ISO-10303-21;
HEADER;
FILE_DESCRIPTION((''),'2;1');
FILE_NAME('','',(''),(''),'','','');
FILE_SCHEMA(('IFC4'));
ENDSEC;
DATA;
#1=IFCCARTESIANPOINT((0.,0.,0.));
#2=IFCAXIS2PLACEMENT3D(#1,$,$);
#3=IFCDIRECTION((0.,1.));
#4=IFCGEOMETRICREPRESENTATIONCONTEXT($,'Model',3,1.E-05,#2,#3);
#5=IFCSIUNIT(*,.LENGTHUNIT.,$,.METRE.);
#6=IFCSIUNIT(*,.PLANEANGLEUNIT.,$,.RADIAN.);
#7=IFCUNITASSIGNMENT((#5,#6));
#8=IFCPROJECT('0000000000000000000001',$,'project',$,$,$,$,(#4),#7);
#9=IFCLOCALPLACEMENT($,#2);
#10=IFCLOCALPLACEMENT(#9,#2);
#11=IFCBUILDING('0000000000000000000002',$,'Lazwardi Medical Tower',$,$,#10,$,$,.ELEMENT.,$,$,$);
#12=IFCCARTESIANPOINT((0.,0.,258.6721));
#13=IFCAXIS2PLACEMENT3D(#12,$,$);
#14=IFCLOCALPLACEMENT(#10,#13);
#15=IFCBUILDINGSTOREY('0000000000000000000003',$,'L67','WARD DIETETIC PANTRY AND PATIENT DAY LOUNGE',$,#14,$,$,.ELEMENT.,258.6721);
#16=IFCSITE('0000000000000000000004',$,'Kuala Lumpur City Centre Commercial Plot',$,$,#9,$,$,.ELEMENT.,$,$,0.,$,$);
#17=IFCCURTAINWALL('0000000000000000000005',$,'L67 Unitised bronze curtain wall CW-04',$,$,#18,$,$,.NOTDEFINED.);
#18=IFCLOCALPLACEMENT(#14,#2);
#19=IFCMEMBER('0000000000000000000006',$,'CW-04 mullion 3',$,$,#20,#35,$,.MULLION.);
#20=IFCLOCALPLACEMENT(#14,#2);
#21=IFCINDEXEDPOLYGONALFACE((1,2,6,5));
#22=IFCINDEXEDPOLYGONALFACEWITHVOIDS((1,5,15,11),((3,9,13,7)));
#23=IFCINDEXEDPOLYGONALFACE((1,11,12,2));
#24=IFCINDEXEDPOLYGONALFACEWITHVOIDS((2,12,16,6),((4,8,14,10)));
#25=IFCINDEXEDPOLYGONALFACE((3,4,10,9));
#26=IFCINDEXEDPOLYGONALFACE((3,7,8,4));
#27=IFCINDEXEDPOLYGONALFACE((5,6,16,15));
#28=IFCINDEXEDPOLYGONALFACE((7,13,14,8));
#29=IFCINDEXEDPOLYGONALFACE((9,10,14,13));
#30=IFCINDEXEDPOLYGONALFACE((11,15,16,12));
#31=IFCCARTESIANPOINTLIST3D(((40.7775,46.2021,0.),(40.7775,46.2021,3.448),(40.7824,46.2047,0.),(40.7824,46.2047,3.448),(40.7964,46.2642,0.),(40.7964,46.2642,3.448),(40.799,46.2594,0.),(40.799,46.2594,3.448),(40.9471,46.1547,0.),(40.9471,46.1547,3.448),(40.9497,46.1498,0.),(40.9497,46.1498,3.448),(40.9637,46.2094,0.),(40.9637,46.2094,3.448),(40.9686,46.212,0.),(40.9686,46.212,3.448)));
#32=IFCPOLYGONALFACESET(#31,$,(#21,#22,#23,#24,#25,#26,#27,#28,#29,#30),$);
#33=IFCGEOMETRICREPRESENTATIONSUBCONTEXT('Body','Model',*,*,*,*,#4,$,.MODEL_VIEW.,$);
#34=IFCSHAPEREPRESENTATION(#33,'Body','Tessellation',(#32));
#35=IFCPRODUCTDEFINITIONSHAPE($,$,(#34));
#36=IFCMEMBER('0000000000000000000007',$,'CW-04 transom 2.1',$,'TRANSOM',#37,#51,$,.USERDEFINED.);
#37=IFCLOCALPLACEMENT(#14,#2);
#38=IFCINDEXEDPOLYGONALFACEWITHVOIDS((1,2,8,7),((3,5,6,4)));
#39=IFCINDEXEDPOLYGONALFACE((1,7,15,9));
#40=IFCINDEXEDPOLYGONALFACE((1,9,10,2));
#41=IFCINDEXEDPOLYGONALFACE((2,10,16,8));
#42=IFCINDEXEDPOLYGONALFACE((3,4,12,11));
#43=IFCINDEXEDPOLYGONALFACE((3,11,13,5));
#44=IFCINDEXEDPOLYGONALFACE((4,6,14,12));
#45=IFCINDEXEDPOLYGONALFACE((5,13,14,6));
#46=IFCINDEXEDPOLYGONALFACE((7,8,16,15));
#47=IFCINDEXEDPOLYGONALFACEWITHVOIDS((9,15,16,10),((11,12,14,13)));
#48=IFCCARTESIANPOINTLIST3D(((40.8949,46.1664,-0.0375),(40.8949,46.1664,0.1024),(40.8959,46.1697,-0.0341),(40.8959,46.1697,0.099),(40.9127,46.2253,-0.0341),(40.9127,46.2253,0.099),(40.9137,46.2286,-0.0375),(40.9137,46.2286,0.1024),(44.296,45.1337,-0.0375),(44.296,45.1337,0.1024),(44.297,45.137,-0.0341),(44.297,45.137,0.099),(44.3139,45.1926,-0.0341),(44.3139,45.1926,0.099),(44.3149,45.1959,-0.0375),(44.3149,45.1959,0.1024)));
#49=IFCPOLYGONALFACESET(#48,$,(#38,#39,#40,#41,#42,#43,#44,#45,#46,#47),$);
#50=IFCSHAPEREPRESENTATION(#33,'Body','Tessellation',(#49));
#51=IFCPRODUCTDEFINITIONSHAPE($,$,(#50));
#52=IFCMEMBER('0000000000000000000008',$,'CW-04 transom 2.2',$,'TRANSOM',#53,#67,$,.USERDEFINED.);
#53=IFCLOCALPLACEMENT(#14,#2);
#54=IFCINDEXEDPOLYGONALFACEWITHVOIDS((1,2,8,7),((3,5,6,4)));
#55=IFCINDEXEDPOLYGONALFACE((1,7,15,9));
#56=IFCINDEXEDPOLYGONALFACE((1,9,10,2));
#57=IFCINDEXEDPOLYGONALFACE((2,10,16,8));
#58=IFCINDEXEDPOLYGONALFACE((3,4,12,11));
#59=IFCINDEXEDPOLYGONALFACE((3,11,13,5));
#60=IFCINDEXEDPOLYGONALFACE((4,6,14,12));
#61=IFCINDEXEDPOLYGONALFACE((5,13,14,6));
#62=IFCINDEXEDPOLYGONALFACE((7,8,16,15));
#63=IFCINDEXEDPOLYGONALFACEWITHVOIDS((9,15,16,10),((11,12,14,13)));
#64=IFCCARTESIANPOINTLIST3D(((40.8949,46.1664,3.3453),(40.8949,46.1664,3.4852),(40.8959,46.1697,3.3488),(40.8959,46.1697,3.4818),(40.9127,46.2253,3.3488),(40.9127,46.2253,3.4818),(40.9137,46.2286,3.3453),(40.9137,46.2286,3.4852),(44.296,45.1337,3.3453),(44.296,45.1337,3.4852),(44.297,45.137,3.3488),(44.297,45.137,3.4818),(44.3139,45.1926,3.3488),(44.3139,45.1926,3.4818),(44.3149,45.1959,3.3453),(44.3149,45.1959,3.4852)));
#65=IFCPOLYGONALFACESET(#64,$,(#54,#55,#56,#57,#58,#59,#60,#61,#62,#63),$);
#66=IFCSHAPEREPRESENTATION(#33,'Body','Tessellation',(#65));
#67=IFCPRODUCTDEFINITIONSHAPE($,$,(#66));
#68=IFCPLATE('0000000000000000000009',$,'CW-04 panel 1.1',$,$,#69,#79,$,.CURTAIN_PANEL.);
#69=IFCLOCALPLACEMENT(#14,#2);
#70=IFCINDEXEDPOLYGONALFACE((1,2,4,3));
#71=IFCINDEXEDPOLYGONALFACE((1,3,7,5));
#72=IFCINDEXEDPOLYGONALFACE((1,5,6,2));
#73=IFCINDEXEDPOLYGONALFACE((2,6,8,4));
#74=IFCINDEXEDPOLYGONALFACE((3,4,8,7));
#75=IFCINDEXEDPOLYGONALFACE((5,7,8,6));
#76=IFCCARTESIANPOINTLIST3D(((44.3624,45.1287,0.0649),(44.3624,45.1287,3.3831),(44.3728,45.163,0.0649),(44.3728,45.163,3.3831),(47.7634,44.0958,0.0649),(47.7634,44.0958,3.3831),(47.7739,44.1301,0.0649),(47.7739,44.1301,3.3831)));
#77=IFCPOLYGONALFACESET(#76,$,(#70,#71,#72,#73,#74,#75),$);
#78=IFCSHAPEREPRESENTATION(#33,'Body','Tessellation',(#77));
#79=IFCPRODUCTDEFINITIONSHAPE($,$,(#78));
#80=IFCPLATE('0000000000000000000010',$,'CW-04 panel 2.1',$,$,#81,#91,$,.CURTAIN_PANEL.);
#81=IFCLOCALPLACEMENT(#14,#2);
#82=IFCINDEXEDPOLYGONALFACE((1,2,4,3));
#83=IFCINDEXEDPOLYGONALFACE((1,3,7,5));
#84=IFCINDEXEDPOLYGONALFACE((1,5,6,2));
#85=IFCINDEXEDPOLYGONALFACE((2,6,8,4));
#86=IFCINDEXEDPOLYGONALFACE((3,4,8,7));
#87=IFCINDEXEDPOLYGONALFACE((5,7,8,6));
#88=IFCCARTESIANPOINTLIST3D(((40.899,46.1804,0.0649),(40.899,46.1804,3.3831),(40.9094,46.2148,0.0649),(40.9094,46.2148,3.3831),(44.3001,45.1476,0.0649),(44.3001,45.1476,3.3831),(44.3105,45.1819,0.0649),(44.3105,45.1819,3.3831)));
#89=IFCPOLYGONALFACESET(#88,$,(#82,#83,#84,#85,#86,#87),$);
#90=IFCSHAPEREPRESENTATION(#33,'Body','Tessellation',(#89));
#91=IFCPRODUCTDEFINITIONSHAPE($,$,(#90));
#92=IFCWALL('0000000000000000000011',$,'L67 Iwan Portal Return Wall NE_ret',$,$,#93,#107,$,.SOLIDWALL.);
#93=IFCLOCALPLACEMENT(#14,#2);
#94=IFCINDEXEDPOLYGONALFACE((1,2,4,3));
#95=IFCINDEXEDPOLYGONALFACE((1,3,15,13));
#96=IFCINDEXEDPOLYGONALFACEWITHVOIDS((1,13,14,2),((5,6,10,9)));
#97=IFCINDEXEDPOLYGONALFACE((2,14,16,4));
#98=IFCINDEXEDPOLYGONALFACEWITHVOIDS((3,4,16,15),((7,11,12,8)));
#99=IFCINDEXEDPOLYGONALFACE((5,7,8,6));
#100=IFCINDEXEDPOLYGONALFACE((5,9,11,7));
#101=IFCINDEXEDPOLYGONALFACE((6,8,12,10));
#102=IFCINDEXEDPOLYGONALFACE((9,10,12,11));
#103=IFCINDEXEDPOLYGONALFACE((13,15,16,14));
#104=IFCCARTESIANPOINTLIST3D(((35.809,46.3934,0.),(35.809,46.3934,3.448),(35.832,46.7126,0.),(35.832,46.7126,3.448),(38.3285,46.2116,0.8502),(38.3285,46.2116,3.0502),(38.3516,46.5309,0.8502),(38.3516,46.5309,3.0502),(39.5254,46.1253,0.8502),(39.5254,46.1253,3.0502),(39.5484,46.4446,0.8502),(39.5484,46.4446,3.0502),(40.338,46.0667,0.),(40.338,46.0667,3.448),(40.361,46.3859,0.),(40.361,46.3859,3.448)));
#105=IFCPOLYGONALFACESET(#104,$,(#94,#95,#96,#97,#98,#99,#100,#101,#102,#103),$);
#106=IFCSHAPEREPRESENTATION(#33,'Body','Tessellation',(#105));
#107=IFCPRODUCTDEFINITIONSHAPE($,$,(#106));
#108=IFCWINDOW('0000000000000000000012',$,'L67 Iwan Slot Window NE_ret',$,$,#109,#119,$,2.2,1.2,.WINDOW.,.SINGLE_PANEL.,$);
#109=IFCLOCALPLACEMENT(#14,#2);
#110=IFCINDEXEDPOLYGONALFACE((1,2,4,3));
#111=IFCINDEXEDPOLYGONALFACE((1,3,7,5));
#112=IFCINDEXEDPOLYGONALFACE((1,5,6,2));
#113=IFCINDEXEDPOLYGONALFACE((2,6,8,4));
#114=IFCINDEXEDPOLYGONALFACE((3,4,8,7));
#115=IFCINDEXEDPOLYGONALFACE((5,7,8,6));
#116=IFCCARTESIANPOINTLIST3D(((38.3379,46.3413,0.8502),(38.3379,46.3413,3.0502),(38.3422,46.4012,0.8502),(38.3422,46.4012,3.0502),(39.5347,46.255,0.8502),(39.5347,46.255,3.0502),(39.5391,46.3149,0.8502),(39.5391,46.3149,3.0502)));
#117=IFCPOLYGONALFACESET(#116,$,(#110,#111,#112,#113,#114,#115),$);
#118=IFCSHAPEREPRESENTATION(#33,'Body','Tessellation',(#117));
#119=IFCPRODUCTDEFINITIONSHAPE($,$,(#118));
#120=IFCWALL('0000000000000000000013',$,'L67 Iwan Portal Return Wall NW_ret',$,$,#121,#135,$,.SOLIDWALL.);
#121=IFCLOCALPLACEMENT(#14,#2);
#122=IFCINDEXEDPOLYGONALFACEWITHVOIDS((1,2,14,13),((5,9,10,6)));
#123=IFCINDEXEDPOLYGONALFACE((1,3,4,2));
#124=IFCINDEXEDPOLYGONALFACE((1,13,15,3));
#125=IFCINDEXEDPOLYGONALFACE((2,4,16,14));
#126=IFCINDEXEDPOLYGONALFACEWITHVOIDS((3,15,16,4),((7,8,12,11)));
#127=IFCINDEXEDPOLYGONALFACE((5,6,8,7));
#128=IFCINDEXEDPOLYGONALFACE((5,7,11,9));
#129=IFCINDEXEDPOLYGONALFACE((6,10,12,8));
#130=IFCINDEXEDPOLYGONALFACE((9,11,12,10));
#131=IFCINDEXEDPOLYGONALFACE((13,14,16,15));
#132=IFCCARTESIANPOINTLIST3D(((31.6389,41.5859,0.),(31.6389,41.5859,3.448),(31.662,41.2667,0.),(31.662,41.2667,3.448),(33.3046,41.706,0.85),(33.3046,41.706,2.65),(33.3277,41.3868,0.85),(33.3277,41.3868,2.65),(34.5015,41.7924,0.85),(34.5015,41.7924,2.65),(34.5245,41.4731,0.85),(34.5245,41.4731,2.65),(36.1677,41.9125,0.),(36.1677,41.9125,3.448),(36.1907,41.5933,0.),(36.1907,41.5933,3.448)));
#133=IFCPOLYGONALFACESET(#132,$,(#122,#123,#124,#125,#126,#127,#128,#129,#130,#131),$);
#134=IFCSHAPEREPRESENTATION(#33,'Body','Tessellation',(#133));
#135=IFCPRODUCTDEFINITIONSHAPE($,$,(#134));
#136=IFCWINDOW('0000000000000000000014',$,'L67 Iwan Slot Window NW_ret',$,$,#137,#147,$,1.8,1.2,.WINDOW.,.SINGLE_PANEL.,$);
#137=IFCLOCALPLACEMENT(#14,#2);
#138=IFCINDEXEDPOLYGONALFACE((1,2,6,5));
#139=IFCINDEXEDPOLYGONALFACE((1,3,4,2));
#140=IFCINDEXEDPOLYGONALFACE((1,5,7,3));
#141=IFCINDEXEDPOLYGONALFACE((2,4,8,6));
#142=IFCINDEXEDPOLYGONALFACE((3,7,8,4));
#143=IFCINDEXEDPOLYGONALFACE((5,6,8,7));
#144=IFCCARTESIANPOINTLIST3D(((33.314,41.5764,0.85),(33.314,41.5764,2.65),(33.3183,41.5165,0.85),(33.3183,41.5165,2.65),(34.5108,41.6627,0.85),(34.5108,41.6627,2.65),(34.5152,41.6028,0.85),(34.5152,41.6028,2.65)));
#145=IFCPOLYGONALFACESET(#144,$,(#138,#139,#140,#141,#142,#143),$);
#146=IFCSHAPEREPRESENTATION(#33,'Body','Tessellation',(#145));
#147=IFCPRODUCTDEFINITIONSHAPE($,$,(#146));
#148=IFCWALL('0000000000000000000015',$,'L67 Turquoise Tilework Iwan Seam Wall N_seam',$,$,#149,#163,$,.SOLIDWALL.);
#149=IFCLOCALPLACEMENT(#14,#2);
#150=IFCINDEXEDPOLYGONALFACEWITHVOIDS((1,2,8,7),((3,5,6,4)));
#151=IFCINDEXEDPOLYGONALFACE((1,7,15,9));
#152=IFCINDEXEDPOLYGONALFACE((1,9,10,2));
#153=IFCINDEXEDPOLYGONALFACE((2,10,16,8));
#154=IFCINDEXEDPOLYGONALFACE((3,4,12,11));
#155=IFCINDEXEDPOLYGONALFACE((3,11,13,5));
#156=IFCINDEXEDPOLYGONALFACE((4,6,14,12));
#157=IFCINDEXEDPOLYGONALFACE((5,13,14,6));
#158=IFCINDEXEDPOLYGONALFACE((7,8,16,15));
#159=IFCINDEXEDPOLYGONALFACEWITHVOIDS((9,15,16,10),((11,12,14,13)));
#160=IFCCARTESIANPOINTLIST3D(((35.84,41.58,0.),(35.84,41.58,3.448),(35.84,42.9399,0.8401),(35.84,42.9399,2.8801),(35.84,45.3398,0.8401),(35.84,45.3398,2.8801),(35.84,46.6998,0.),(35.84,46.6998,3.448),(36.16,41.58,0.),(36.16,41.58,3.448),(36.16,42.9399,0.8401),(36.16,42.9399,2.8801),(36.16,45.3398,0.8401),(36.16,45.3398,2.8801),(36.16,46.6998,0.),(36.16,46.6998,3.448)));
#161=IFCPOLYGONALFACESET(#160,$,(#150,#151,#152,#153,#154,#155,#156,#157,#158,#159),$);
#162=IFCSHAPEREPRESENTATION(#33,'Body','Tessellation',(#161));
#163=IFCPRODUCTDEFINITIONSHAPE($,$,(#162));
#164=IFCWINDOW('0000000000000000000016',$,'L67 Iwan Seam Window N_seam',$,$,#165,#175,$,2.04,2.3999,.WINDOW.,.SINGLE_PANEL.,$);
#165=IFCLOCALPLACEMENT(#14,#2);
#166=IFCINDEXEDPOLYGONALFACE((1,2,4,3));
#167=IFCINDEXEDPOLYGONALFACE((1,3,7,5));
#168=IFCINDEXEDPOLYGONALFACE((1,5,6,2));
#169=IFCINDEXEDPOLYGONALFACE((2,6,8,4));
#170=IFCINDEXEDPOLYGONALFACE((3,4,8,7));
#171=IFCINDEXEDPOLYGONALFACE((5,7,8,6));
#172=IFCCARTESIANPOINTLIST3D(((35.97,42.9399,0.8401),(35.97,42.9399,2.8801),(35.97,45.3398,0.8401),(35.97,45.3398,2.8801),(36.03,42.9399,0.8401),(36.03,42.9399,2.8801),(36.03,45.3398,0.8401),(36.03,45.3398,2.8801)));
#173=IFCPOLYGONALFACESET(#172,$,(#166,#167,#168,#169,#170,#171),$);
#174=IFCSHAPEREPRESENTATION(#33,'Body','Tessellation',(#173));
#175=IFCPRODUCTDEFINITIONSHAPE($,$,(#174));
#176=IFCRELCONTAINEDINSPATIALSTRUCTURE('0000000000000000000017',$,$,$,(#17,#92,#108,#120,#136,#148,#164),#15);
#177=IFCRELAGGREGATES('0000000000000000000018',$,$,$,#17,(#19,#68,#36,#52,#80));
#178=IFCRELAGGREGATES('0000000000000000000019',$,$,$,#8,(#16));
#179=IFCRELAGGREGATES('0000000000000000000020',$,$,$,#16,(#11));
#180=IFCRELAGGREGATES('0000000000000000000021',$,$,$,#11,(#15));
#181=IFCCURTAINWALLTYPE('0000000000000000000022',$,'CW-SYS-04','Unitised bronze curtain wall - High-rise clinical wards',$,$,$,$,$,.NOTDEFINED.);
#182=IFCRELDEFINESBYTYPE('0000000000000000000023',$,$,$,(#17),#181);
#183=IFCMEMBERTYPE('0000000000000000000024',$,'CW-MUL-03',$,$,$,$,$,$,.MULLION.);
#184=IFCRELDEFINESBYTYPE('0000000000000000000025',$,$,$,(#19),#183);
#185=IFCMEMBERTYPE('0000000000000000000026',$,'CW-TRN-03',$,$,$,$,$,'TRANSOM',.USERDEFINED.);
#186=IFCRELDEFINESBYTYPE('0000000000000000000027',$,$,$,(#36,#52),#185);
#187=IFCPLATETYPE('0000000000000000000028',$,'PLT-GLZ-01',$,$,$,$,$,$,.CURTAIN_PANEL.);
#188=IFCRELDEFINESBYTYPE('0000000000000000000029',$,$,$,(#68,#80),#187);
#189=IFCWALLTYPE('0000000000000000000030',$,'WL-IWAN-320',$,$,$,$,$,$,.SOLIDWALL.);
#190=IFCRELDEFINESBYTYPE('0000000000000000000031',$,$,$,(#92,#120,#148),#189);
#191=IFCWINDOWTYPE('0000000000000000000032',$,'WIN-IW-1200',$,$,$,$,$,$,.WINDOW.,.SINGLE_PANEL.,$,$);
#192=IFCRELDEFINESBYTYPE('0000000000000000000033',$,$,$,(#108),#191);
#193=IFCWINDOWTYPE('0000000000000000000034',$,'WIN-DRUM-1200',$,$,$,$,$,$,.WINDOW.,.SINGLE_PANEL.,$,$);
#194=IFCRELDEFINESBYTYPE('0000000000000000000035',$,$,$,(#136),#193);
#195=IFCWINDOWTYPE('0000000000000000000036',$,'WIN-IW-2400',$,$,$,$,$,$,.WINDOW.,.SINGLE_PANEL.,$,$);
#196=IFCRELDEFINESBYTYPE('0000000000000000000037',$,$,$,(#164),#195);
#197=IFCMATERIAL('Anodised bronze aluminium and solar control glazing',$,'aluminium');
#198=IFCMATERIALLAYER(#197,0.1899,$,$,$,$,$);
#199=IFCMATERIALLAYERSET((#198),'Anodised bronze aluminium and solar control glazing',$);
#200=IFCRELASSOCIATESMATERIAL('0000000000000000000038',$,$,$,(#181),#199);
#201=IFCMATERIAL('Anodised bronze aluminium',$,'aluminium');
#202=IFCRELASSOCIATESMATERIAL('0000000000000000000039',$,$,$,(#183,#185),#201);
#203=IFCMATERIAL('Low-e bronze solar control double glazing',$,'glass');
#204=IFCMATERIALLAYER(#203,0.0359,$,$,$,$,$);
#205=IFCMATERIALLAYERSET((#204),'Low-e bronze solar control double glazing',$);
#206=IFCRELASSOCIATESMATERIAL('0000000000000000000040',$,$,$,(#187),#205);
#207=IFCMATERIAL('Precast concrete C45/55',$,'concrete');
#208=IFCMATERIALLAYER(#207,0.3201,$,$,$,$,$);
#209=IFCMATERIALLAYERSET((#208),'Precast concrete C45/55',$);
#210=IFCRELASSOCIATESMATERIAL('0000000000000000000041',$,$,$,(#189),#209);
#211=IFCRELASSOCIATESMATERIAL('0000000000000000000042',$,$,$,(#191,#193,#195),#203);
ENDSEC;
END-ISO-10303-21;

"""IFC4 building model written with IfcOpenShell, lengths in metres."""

from ifc_helpers import new_model, si_unit, direction, frame, frame_2d, origin, origin_2d, place, context, subcontext, project, spatial, rectangle, hollow_rectangle, extrude, material, layer, layer_set, material_profile, profile_set, type_object, element, fill, aggregate, save


model = new_model("IFC4")

# Units and contexts
model_context = context("Model", 3, precision=1e-05, world=origin(), true_north=direction((0.0, 1.0)))
body_context = subcontext(model_context, "Body", "Model", "MODEL_VIEW")
ifc_project = project(units=[si_unit("LENGTHUNIT", "METRE"), si_unit("PLANEANGLEUNIT", "RADIAN")], contexts=[model_context])

# Site, building, storey
site_placement = place(None, origin())
site = spatial("IfcSite", under=ifc_project, at=site_placement, Name="Kuala Lumpur City Centre Commercial Plot", CompositionType="ELEMENT", RefElevation=0.0)
building_placement = place(site_placement, origin())
building = spatial("IfcBuilding", under=site, at=building_placement, Name="Lazwardi Medical Tower", CompositionType="ELEMENT")
storey_placement = place(building_placement, frame((0.0, 0.0, 258.6721)))
storey = spatial("IfcBuildingStorey", under=building, at=storey_placement, Name="L67", Description="WARD DIETETIC PANTRY AND PATIENT DAY LOUNGE", CompositionType="ELEMENT", Elevation=258.6721)

# Curtain wall, members, plates
ifc_material_1 = material(Name="Anodised bronze aluminium and solar control glazing", Category="aluminium")
ifc_layer_1 = layer(ifc_material_1, 0.1899)
ifc_layer_set_1 = layer_set([ifc_layer_1], Name="Anodised bronze aluminium and solar control glazing")
curtain_wall_type = type_object("IfcCurtainWallType", Name="CW-SYS-04", Description="Unitised bronze curtain wall - High-rise clinical wards", PredefinedType="NOTDEFINED", material=ifc_layer_set_1)
curtain_wall_placement = place(storey_placement, origin())
curtain_wall = element("IfcCurtainWall", 1, at=curtain_wall_placement, inside=storey, type_object=curtain_wall_type, Name="L67 Unitised bronze curtain wall CW-04", PredefinedType="NOTDEFINED")
ifc_material_2 = material(Name="Anodised bronze aluminium", Category="aluminium")
ifc_material_profile_1 = material_profile(ifc_material_2, hollow_rectangle(XDim=0.0649, YDim=0.1799, WallThickness=0.0039, at=origin_2d()), Name="ALU-MULLION 180x65x4")
ifc_profile_set_1 = profile_set([ifc_material_profile_1], Name="Anodised bronze aluminium")
member_type_1 = type_object("IfcMemberType", Name="CW-MUL-03", PredefinedType="MULLION", material=ifc_profile_set_1)
member_1_placement = place(storey_placement, frame((40.873, 46.207, 0.0), z_axis=(0.0, 0.0, 1.0), x_axis=(-0.290582, -0.95685, 0.0)))
member_1 = element("IfcMember", 2, at=member_1_placement, type_object=member_type_1, Name="CW-04 mullion 3", PredefinedType="MULLION", context=body_context, shape_type="SweptSolid", body=[
    extrude(hollow_rectangle(XDim=0.0649, YDim=0.1799, WallThickness=0.0039, at=origin_2d()), origin(), (0.0, 0.0, 1.0), 3.448),
])
ifc_material_profile_2 = material_profile(ifc_material_2, hollow_rectangle(XDim=0.0649, YDim=0.1399, WallThickness=0.0034, at=origin_2d()), Name="ALU-TRANSOM 140x65x3.5")
ifc_profile_set_2 = profile_set([ifc_material_profile_2], Name="Anodised bronze aluminium")
member_type_2 = type_object("IfcMemberType", Name="CW-TRN-03", ElementType="TRANSOM", PredefinedType="USERDEFINED", material=ifc_profile_set_2)
member_2_placement = place(storey_placement, frame((44.3054, 45.1648, 0.0325), z_axis=(-0.956863, 0.290541, 0.0), x_axis=(-0.290541, -0.956863, 0.0)))
member_2 = element("IfcMember", 3, at=member_2_placement, type_object=member_type_2, Name="CW-04 transom 2.1", ObjectType="TRANSOM", PredefinedType="USERDEFINED", context=body_context, shape_type="SweptSolid", body=[
    extrude(hollow_rectangle(XDim=0.0649, YDim=0.1399, WallThickness=0.0034, at=origin_2d()), origin(), (0.0, 0.0, 1.0), 3.5544),
])
member_3_placement = place(storey_placement, frame((44.3054, 45.1648, 3.4153), z_axis=(-0.956863, 0.290541, 0.0), x_axis=(-0.290541, -0.956863, 0.0)))
member_3 = element("IfcMember", 4, at=member_3_placement, type_object=member_type_2, Name="CW-04 transom 2.2", ObjectType="TRANSOM", PredefinedType="USERDEFINED", context=body_context, shape_type="SweptSolid", body=[
    extrude(hollow_rectangle(XDim=0.0649, YDim=0.1399, WallThickness=0.0034, at=origin_2d()), origin(), (0.0, 0.0, 1.0), 3.5544),
])
ifc_material_3 = material(Name="Low-e bronze solar control double glazing", Category="glass")
ifc_layer_2 = layer(ifc_material_3, 0.0359)
ifc_layer_set_2 = layer_set([ifc_layer_2], Name="Low-e bronze solar control double glazing")
plate_type = type_object("IfcPlateType", Name="PLT-GLZ-01", PredefinedType="CURTAIN_PANEL", material=ifc_layer_set_2)
plate_1_placement = place(storey_placement, frame((46.0681, 44.6294, 0.0649), z_axis=(0.0, 0.0, 1.0), x_axis=(-0.95685, 0.290582, 0.0)))
plate_1 = element("IfcPlate", 5, at=plate_1_placement, type_object=plate_type, Name="CW-04 panel 1.1", PredefinedType="CURTAIN_PANEL", context=body_context, shape_type="SweptSolid", body=[
    extrude(rectangle(XDim=3.5544, YDim=0.0359, at=origin_2d()), origin(), (0.0, 0.0, 1.0), 3.3181),
])
plate_2_placement = place(storey_placement, frame((42.6047, 45.6812, 0.0649), z_axis=(0.0, 0.0, 1.0), x_axis=(-0.95685, 0.290582, 0.0)))
plate_2 = element("IfcPlate", 6, at=plate_2_placement, type_object=plate_type, Name="CW-04 panel 2.1", PredefinedType="CURTAIN_PANEL", context=body_context, shape_type="SweptSolid", body=[
    extrude(rectangle(XDim=3.5544, YDim=0.0359, at=origin_2d()), origin(), (0.0, 0.0, 1.0), 3.3181),
])
aggregate(curtain_wall, [member_1, plate_1, member_2, member_3, plate_2])

# Walls, openings, windows
ifc_material_4 = material(Name="Precast concrete C45/55", Category="concrete")
ifc_layer_3 = layer(ifc_material_4, 0.3201)
ifc_layer_set_3 = layer_set([ifc_layer_3], Name="Precast concrete C45/55")
wall_type = type_object("IfcWallType", Name="WL-IWAN-320", PredefinedType="SOLIDWALL", material=ifc_layer_set_3)
wall_1_placement = place(storey_placement, frame((40.3496, 46.2263, 0.0), z_axis=(0.0, 0.0, 1.0), x_axis=(-0.997409, 0.071939, 0.0)))
wall_1 = element("IfcWall", 7, at=wall_1_placement, inside=storey, type_object=wall_type, Name="L67 Iwan Portal Return Wall NE_ret", PredefinedType="SOLIDWALL", context=body_context, shape_type="SweptSolid", body=[
    extrude(rectangle(XDim=4.5408, YDim=0.3201, at=frame_2d((2.2705, 0.0))), origin(), (0.0, 0.0, 1.0), 3.448),
])
opening_1_placement = place(wall_1_placement, frame((0.8147, 0.0, 0.8501)))
opening_1 = element("IfcOpeningElement", 8, at=opening_1_placement, cuts=wall_1, PredefinedType="OPENING", context=body_context, shape_type="SweptSolid", body=[
    extrude(rectangle(XDim=1.2, YDim=2.2, at=frame_2d((0.6001, 1.1001))), frame((0.0, 0.1699, 0.0), z_axis=(0.0, -1.0, 0.0), x_axis=(1.0, 0.0, 0.0)), (0.0, 0.0, 1.0), 0.3401),
])
window_type_1 = type_object("IfcWindowType", Name="WIN-IW-1200", PartitioningType="SINGLE_PANEL", PredefinedType="WINDOW", material=ifc_material_3)
window_1_placement = place(opening_1_placement, origin())
window_1 = element("IfcWindow", 9, at=window_1_placement, inside=storey, type_object=window_type_1, Name="L67 Iwan Slot Window NE_ret", OverallHeight=2.2, OverallWidth=1.2, PartitioningType="SINGLE_PANEL", PredefinedType="WINDOW", context=body_context, shape_type="SweptSolid", body=[
    extrude(rectangle(XDim=1.2, YDim=2.2, at=frame_2d((0.6001, 1.1001))), frame((0.0, 0.03, 0.0), z_axis=(0.0, -1.0, 0.0), x_axis=(1.0, 0.0, 0.0)), (0.0, 0.0, 1.0), 0.0601),
])
fill(opening_1, window_1)
wall_2_placement = place(storey_placement, frame((36.1792, 41.7529, 0.0), z_axis=(0.0, 0.0, 1.0), x_axis=(-0.997409, -0.071942, 0.0)))
wall_2 = element("IfcWall", 10, at=wall_2_placement, inside=storey, type_object=wall_type, Name="L67 Iwan Portal Return Wall NW_ret", PredefinedType="SOLIDWALL", context=body_context, shape_type="SweptSolid", body=[
    extrude(rectangle(XDim=4.5405, YDim=0.3201, at=frame_2d((2.2703, 0.0))), origin(), (0.0, 0.0, 1.0), 3.448),
])
opening_2_placement = place(wall_2_placement, frame((1.6704, 0.0, 0.8501)))
opening_2 = element("IfcOpeningElement", 11, at=opening_2_placement, cuts=wall_2, PredefinedType="OPENING", context=body_context, shape_type="SweptSolid", body=[
    extrude(rectangle(XDim=1.2, YDim=1.8, at=frame_2d((0.6001, 0.8999))), frame((0.0, 0.1699, 0.0), z_axis=(0.0, -1.0, 0.0), x_axis=(1.0, 0.0, 0.0)), (0.0, 0.0, 1.0), 0.3401),
])
window_type_2 = type_object("IfcWindowType", Name="WIN-DRUM-1200", PartitioningType="SINGLE_PANEL", PredefinedType="WINDOW", material=ifc_material_3)
window_2_placement = place(opening_2_placement, origin())
window_2 = element("IfcWindow", 12, at=window_2_placement, inside=storey, type_object=window_type_2, Name="L67 Iwan Slot Window NW_ret", OverallHeight=1.8, OverallWidth=1.2, PartitioningType="SINGLE_PANEL", PredefinedType="WINDOW", context=body_context, shape_type="SweptSolid", body=[
    extrude(rectangle(XDim=1.2, YDim=1.8, at=frame_2d((0.6001, 0.8999))), frame((0.0, 0.03, 0.0), z_axis=(0.0, -1.0, 0.0), x_axis=(1.0, 0.0, 0.0)), (0.0, 0.0, 1.0), 0.0601),
])
fill(opening_2, window_2)
wall_3_placement = place(storey_placement, frame((36.0, 46.7, 0.0), z_axis=(0.0, 0.0, 1.0), x_axis=(0.0, -1.0, 0.0)))
wall_3 = element("IfcWall", 13, at=wall_3_placement, inside=storey, type_object=wall_type, Name="L67 Turquoise Tilework Iwan Seam Wall N_seam", PredefinedType="SOLIDWALL", context=body_context, shape_type="SweptSolid", body=[
    extrude(rectangle(XDim=5.1199, YDim=0.3201, at=frame_2d((2.5601, 0.0))), origin(), (0.0, 0.0, 1.0), 3.448),
])
opening_3_placement = place(wall_3_placement, frame((1.3601, 0.0, 0.8401)))
opening_3 = element("IfcOpeningElement", 14, at=opening_3_placement, cuts=wall_3, PredefinedType="OPENING", context=body_context, shape_type="SweptSolid", body=[
    extrude(rectangle(XDim=2.3999, YDim=2.04, at=frame_2d((1.2, 1.02))), frame((0.0, 0.1699, 0.0), z_axis=(0.0, -1.0, 0.0), x_axis=(1.0, 0.0, 0.0)), (0.0, 0.0, 1.0), 0.3401),
])
window_type_3 = type_object("IfcWindowType", Name="WIN-IW-2400", PartitioningType="SINGLE_PANEL", PredefinedType="WINDOW", material=ifc_material_3)
window_3_placement = place(opening_3_placement, origin())
window_3 = element("IfcWindow", 15, at=window_3_placement, inside=storey, type_object=window_type_3, Name="L67 Iwan Seam Window N_seam", OverallHeight=2.04, OverallWidth=2.3999, PartitioningType="SINGLE_PANEL", PredefinedType="WINDOW", context=body_context, shape_type="SweptSolid", body=[
    extrude(rectangle(XDim=2.3999, YDim=2.04, at=frame_2d((1.2, 1.02))), frame((0.0, 0.03, 0.0), z_axis=(0.0, -1.0, 0.0), x_axis=(1.0, 0.0, 0.0)), (0.0, 0.0, 1.0), 0.0601),
])
fill(opening_3, window_3)

save(model, "model.ifc")
